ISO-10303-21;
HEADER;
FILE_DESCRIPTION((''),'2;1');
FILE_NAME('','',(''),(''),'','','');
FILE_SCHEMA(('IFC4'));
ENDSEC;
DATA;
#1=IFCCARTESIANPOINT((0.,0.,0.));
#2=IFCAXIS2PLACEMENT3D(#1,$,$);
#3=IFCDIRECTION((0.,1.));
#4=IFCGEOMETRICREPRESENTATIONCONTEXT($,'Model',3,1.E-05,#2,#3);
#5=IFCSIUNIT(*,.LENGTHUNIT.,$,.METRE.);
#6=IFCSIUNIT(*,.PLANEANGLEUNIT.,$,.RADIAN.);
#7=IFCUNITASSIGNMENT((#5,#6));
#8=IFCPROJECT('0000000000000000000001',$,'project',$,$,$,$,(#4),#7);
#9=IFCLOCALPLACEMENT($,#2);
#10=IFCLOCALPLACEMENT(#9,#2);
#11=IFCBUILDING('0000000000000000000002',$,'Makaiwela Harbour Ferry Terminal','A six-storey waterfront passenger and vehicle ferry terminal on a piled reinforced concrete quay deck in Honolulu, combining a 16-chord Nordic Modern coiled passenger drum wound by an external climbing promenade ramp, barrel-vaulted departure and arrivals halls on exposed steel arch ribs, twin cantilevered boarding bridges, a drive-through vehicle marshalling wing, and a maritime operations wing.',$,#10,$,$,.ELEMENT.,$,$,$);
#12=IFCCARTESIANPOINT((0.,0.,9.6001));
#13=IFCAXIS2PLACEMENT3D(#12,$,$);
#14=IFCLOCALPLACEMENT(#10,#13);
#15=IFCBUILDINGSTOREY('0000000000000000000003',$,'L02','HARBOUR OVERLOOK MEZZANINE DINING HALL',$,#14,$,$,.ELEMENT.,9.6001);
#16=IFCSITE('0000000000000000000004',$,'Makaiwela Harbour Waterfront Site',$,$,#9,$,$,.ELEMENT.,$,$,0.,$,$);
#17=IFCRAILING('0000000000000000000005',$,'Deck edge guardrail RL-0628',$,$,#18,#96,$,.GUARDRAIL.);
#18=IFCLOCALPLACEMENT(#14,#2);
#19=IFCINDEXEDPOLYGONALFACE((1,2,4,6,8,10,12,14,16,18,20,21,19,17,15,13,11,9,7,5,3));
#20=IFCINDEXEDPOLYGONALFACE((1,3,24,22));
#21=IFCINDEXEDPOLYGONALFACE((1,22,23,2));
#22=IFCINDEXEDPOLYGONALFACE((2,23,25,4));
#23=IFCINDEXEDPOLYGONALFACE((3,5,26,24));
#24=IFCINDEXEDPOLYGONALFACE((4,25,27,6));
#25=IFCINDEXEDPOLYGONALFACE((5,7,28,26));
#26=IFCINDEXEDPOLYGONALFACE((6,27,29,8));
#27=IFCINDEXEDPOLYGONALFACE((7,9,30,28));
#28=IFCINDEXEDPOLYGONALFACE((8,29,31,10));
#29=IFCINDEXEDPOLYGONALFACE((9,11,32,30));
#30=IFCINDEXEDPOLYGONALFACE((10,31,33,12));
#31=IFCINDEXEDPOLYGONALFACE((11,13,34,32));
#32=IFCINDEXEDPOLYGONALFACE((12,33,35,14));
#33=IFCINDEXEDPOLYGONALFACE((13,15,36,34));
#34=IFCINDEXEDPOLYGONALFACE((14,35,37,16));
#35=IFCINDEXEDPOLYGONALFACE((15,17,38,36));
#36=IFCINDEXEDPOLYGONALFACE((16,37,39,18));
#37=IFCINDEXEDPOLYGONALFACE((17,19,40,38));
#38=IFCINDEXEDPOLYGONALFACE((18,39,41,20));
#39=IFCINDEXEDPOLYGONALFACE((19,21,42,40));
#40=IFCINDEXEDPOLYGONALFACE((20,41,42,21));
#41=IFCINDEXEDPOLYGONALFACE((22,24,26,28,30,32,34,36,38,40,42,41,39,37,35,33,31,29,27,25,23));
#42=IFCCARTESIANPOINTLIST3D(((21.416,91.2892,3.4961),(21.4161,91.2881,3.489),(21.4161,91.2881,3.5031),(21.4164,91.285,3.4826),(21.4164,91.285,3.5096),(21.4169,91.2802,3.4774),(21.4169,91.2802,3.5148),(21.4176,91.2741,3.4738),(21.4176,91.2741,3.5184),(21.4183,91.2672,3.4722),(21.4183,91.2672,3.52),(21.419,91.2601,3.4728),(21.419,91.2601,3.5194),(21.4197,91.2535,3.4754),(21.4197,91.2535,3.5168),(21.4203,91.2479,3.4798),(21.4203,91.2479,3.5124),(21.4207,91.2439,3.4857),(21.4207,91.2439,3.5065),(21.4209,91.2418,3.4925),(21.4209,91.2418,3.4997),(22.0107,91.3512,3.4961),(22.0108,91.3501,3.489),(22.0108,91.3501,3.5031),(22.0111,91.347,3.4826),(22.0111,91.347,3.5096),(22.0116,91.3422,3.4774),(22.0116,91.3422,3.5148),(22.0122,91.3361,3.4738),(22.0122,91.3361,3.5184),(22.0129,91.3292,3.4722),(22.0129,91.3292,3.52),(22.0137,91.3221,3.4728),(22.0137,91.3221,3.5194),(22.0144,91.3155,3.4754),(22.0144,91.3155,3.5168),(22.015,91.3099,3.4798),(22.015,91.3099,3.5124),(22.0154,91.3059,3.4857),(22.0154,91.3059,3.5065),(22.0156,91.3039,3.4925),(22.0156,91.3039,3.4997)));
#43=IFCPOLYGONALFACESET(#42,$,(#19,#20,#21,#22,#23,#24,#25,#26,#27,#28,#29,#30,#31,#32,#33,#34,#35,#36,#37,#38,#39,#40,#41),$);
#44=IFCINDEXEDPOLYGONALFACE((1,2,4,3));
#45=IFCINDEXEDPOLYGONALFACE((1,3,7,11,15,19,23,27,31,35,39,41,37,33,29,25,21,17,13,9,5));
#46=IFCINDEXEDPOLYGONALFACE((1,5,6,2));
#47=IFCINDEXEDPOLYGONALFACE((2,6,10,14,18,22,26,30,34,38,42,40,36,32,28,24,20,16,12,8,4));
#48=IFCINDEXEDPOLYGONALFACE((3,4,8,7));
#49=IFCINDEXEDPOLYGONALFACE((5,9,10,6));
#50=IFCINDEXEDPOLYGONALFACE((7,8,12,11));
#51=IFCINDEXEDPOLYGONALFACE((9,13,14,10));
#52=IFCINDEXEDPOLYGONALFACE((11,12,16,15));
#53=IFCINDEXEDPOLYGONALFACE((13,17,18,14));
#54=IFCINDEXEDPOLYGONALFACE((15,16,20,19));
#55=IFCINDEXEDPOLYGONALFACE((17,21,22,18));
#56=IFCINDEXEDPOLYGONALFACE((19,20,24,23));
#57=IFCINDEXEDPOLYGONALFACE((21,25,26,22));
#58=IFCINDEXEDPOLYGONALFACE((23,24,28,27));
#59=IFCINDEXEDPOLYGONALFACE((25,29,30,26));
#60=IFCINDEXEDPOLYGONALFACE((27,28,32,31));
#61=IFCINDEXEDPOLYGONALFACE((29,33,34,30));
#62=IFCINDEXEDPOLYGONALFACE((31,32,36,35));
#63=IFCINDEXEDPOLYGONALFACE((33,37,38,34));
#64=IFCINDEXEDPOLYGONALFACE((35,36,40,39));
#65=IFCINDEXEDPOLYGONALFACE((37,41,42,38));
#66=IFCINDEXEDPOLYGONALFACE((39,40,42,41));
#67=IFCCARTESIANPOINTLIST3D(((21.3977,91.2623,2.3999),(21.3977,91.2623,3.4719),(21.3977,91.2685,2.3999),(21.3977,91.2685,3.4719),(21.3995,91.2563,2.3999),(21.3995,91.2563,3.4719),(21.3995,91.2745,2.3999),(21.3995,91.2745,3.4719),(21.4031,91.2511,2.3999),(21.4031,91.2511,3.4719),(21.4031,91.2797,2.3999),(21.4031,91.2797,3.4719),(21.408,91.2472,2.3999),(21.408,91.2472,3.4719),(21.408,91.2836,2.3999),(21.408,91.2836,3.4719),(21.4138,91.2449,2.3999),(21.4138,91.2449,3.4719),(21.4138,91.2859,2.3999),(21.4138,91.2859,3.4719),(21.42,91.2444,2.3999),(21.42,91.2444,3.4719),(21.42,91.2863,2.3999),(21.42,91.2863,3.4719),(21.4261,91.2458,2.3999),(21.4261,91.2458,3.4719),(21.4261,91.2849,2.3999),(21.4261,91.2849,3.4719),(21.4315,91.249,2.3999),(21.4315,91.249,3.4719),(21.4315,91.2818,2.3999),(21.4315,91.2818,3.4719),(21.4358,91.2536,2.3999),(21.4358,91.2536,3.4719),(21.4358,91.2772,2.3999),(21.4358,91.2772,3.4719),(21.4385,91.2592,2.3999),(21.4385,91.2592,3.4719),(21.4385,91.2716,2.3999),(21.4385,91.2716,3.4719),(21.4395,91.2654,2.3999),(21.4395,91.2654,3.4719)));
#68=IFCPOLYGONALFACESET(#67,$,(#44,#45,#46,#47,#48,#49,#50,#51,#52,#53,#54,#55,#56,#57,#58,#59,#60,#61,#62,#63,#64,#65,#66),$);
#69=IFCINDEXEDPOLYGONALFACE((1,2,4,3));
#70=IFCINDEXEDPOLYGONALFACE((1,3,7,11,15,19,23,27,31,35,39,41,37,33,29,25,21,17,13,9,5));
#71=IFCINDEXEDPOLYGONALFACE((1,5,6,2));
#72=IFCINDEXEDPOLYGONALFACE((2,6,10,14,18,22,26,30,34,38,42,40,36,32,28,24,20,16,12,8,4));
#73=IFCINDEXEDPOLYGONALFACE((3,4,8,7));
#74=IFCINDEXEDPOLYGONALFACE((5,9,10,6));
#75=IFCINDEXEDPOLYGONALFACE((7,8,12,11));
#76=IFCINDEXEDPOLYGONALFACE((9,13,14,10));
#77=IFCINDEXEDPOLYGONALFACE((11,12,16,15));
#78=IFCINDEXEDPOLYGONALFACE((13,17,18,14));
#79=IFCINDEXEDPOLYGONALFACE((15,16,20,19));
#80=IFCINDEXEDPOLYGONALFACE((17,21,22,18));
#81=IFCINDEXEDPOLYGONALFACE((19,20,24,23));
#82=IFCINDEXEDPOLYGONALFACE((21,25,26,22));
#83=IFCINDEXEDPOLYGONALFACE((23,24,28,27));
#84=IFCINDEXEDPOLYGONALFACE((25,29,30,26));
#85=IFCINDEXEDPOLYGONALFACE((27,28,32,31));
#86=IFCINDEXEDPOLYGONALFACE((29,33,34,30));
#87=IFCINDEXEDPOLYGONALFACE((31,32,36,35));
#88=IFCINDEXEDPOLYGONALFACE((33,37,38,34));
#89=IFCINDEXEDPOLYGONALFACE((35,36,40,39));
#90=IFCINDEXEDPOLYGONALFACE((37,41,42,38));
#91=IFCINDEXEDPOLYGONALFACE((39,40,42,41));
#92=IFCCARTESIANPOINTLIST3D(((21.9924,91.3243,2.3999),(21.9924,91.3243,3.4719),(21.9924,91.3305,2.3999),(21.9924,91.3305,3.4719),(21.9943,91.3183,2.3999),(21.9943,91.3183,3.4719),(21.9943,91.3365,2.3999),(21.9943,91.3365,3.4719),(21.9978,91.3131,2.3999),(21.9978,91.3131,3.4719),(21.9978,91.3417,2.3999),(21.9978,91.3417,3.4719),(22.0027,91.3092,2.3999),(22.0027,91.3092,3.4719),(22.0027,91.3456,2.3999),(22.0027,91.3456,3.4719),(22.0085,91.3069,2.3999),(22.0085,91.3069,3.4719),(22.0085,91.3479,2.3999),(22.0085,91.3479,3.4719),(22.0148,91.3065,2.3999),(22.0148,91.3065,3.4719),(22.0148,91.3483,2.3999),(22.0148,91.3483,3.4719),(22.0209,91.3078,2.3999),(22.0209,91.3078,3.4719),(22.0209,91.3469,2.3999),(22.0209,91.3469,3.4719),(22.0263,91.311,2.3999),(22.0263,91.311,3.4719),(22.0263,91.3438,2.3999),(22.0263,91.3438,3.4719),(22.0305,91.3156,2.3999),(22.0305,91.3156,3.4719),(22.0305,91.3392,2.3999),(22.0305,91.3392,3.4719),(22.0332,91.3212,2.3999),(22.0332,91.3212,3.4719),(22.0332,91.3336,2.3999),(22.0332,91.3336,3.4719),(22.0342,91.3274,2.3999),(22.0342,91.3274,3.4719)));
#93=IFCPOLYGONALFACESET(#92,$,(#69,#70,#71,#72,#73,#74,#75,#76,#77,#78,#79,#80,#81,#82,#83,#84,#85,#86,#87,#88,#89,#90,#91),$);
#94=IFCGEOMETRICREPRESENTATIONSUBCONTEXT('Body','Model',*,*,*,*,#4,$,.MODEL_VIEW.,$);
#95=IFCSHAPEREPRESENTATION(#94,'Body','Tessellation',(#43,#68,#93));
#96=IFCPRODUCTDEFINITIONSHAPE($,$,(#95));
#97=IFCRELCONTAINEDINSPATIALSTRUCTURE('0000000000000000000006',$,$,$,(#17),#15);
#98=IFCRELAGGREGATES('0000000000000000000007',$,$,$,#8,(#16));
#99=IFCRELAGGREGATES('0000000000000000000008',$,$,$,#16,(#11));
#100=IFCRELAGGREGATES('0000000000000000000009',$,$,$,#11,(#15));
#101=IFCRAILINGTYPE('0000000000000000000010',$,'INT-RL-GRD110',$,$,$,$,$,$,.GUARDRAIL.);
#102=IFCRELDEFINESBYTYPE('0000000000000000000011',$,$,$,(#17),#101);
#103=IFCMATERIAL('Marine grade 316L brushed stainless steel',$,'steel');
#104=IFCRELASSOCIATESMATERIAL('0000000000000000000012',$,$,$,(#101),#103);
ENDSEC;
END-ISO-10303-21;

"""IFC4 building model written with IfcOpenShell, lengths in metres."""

from ifc_helpers import new_model, si_unit, direction, frame, origin, origin_2d, place, context, subcontext, project, spatial, circle, extrude, material, type_object, element, save


model = new_model("IFC4")

# Units and contexts
model_context = context("Model", 3, precision=1e-05, world=origin(), true_north=direction((0.0, 1.0)))
body_context = subcontext(model_context, "Body", "Model", "MODEL_VIEW")
ifc_project = project(units=[si_unit("LENGTHUNIT", "METRE"), si_unit("PLANEANGLEUNIT", "RADIAN")], contexts=[model_context])

# Site, building, storey
site_placement = place(None, origin())
site = spatial("IfcSite", under=ifc_project, at=site_placement, Name="Makaiwela Harbour Waterfront Site", CompositionType="ELEMENT", RefElevation=0.0)
building_placement = place(site_placement, origin())
building = spatial("IfcBuilding", under=site, at=building_placement, Name="Makaiwela Harbour Ferry Terminal", Description="A six-storey waterfront passenger and vehicle ferry terminal on a piled reinforced concrete quay deck in Honolulu, combining a 16-chord Nordic Modern coiled passenger drum wound by an external climbing promenade ramp, barrel-vaulted departure and arrivals halls on exposed steel arch ribs, twin cantilevered boarding bridges, a drive-through vehicle marshalling wing, and a maritime operations wing.", CompositionType="ELEMENT")
storey_placement = place(building_placement, frame((0.0, 0.0, 9.6001)))
storey = spatial("IfcBuildingStorey", under=building, at=storey_placement, Name="L02", Description="HARBOUR OVERLOOK MEZZANINE DINING HALL", CompositionType="ELEMENT", Elevation=9.6001)

# Railing
ifc_material_1 = material(Name="Marine grade 316L brushed stainless steel", Category="steel")
railing_type_1 = type_object("IfcRailingType", Name="INT-RL-GRD110", PredefinedType="GUARDRAIL", material=ifc_material_1)
railing_1_placement = place(storey_placement, frame((21.4185, 91.2654, 2.3999)))
element("IfcRailing", 1, at=railing_1_placement, inside=storey, type_object=railing_type_1, Name="Deck edge guardrail RL-0628", PredefinedType="GUARDRAIL", context=body_context, shape_type="SweptSolid", body=[
    extrude(circle(Radius=0.0239, at=origin_2d()), frame((0.0, 0.0, 1.0962), z_axis=(0.994608, 0.103707, 0.0), x_axis=(-0.103707, 0.994608, 0.0)), (0.0, 0.0, 1.0), 0.5979),
    extrude(circle(Radius=0.021, at=origin_2d()), origin(), (0.0, 0.0, 1.0), 1.072),
    extrude(circle(Radius=0.021, at=origin_2d()), frame((0.5947, 0.062, 0.0)), (0.0, 0.0, 1.0), 1.072),
])

save(model, "model.ifc")
